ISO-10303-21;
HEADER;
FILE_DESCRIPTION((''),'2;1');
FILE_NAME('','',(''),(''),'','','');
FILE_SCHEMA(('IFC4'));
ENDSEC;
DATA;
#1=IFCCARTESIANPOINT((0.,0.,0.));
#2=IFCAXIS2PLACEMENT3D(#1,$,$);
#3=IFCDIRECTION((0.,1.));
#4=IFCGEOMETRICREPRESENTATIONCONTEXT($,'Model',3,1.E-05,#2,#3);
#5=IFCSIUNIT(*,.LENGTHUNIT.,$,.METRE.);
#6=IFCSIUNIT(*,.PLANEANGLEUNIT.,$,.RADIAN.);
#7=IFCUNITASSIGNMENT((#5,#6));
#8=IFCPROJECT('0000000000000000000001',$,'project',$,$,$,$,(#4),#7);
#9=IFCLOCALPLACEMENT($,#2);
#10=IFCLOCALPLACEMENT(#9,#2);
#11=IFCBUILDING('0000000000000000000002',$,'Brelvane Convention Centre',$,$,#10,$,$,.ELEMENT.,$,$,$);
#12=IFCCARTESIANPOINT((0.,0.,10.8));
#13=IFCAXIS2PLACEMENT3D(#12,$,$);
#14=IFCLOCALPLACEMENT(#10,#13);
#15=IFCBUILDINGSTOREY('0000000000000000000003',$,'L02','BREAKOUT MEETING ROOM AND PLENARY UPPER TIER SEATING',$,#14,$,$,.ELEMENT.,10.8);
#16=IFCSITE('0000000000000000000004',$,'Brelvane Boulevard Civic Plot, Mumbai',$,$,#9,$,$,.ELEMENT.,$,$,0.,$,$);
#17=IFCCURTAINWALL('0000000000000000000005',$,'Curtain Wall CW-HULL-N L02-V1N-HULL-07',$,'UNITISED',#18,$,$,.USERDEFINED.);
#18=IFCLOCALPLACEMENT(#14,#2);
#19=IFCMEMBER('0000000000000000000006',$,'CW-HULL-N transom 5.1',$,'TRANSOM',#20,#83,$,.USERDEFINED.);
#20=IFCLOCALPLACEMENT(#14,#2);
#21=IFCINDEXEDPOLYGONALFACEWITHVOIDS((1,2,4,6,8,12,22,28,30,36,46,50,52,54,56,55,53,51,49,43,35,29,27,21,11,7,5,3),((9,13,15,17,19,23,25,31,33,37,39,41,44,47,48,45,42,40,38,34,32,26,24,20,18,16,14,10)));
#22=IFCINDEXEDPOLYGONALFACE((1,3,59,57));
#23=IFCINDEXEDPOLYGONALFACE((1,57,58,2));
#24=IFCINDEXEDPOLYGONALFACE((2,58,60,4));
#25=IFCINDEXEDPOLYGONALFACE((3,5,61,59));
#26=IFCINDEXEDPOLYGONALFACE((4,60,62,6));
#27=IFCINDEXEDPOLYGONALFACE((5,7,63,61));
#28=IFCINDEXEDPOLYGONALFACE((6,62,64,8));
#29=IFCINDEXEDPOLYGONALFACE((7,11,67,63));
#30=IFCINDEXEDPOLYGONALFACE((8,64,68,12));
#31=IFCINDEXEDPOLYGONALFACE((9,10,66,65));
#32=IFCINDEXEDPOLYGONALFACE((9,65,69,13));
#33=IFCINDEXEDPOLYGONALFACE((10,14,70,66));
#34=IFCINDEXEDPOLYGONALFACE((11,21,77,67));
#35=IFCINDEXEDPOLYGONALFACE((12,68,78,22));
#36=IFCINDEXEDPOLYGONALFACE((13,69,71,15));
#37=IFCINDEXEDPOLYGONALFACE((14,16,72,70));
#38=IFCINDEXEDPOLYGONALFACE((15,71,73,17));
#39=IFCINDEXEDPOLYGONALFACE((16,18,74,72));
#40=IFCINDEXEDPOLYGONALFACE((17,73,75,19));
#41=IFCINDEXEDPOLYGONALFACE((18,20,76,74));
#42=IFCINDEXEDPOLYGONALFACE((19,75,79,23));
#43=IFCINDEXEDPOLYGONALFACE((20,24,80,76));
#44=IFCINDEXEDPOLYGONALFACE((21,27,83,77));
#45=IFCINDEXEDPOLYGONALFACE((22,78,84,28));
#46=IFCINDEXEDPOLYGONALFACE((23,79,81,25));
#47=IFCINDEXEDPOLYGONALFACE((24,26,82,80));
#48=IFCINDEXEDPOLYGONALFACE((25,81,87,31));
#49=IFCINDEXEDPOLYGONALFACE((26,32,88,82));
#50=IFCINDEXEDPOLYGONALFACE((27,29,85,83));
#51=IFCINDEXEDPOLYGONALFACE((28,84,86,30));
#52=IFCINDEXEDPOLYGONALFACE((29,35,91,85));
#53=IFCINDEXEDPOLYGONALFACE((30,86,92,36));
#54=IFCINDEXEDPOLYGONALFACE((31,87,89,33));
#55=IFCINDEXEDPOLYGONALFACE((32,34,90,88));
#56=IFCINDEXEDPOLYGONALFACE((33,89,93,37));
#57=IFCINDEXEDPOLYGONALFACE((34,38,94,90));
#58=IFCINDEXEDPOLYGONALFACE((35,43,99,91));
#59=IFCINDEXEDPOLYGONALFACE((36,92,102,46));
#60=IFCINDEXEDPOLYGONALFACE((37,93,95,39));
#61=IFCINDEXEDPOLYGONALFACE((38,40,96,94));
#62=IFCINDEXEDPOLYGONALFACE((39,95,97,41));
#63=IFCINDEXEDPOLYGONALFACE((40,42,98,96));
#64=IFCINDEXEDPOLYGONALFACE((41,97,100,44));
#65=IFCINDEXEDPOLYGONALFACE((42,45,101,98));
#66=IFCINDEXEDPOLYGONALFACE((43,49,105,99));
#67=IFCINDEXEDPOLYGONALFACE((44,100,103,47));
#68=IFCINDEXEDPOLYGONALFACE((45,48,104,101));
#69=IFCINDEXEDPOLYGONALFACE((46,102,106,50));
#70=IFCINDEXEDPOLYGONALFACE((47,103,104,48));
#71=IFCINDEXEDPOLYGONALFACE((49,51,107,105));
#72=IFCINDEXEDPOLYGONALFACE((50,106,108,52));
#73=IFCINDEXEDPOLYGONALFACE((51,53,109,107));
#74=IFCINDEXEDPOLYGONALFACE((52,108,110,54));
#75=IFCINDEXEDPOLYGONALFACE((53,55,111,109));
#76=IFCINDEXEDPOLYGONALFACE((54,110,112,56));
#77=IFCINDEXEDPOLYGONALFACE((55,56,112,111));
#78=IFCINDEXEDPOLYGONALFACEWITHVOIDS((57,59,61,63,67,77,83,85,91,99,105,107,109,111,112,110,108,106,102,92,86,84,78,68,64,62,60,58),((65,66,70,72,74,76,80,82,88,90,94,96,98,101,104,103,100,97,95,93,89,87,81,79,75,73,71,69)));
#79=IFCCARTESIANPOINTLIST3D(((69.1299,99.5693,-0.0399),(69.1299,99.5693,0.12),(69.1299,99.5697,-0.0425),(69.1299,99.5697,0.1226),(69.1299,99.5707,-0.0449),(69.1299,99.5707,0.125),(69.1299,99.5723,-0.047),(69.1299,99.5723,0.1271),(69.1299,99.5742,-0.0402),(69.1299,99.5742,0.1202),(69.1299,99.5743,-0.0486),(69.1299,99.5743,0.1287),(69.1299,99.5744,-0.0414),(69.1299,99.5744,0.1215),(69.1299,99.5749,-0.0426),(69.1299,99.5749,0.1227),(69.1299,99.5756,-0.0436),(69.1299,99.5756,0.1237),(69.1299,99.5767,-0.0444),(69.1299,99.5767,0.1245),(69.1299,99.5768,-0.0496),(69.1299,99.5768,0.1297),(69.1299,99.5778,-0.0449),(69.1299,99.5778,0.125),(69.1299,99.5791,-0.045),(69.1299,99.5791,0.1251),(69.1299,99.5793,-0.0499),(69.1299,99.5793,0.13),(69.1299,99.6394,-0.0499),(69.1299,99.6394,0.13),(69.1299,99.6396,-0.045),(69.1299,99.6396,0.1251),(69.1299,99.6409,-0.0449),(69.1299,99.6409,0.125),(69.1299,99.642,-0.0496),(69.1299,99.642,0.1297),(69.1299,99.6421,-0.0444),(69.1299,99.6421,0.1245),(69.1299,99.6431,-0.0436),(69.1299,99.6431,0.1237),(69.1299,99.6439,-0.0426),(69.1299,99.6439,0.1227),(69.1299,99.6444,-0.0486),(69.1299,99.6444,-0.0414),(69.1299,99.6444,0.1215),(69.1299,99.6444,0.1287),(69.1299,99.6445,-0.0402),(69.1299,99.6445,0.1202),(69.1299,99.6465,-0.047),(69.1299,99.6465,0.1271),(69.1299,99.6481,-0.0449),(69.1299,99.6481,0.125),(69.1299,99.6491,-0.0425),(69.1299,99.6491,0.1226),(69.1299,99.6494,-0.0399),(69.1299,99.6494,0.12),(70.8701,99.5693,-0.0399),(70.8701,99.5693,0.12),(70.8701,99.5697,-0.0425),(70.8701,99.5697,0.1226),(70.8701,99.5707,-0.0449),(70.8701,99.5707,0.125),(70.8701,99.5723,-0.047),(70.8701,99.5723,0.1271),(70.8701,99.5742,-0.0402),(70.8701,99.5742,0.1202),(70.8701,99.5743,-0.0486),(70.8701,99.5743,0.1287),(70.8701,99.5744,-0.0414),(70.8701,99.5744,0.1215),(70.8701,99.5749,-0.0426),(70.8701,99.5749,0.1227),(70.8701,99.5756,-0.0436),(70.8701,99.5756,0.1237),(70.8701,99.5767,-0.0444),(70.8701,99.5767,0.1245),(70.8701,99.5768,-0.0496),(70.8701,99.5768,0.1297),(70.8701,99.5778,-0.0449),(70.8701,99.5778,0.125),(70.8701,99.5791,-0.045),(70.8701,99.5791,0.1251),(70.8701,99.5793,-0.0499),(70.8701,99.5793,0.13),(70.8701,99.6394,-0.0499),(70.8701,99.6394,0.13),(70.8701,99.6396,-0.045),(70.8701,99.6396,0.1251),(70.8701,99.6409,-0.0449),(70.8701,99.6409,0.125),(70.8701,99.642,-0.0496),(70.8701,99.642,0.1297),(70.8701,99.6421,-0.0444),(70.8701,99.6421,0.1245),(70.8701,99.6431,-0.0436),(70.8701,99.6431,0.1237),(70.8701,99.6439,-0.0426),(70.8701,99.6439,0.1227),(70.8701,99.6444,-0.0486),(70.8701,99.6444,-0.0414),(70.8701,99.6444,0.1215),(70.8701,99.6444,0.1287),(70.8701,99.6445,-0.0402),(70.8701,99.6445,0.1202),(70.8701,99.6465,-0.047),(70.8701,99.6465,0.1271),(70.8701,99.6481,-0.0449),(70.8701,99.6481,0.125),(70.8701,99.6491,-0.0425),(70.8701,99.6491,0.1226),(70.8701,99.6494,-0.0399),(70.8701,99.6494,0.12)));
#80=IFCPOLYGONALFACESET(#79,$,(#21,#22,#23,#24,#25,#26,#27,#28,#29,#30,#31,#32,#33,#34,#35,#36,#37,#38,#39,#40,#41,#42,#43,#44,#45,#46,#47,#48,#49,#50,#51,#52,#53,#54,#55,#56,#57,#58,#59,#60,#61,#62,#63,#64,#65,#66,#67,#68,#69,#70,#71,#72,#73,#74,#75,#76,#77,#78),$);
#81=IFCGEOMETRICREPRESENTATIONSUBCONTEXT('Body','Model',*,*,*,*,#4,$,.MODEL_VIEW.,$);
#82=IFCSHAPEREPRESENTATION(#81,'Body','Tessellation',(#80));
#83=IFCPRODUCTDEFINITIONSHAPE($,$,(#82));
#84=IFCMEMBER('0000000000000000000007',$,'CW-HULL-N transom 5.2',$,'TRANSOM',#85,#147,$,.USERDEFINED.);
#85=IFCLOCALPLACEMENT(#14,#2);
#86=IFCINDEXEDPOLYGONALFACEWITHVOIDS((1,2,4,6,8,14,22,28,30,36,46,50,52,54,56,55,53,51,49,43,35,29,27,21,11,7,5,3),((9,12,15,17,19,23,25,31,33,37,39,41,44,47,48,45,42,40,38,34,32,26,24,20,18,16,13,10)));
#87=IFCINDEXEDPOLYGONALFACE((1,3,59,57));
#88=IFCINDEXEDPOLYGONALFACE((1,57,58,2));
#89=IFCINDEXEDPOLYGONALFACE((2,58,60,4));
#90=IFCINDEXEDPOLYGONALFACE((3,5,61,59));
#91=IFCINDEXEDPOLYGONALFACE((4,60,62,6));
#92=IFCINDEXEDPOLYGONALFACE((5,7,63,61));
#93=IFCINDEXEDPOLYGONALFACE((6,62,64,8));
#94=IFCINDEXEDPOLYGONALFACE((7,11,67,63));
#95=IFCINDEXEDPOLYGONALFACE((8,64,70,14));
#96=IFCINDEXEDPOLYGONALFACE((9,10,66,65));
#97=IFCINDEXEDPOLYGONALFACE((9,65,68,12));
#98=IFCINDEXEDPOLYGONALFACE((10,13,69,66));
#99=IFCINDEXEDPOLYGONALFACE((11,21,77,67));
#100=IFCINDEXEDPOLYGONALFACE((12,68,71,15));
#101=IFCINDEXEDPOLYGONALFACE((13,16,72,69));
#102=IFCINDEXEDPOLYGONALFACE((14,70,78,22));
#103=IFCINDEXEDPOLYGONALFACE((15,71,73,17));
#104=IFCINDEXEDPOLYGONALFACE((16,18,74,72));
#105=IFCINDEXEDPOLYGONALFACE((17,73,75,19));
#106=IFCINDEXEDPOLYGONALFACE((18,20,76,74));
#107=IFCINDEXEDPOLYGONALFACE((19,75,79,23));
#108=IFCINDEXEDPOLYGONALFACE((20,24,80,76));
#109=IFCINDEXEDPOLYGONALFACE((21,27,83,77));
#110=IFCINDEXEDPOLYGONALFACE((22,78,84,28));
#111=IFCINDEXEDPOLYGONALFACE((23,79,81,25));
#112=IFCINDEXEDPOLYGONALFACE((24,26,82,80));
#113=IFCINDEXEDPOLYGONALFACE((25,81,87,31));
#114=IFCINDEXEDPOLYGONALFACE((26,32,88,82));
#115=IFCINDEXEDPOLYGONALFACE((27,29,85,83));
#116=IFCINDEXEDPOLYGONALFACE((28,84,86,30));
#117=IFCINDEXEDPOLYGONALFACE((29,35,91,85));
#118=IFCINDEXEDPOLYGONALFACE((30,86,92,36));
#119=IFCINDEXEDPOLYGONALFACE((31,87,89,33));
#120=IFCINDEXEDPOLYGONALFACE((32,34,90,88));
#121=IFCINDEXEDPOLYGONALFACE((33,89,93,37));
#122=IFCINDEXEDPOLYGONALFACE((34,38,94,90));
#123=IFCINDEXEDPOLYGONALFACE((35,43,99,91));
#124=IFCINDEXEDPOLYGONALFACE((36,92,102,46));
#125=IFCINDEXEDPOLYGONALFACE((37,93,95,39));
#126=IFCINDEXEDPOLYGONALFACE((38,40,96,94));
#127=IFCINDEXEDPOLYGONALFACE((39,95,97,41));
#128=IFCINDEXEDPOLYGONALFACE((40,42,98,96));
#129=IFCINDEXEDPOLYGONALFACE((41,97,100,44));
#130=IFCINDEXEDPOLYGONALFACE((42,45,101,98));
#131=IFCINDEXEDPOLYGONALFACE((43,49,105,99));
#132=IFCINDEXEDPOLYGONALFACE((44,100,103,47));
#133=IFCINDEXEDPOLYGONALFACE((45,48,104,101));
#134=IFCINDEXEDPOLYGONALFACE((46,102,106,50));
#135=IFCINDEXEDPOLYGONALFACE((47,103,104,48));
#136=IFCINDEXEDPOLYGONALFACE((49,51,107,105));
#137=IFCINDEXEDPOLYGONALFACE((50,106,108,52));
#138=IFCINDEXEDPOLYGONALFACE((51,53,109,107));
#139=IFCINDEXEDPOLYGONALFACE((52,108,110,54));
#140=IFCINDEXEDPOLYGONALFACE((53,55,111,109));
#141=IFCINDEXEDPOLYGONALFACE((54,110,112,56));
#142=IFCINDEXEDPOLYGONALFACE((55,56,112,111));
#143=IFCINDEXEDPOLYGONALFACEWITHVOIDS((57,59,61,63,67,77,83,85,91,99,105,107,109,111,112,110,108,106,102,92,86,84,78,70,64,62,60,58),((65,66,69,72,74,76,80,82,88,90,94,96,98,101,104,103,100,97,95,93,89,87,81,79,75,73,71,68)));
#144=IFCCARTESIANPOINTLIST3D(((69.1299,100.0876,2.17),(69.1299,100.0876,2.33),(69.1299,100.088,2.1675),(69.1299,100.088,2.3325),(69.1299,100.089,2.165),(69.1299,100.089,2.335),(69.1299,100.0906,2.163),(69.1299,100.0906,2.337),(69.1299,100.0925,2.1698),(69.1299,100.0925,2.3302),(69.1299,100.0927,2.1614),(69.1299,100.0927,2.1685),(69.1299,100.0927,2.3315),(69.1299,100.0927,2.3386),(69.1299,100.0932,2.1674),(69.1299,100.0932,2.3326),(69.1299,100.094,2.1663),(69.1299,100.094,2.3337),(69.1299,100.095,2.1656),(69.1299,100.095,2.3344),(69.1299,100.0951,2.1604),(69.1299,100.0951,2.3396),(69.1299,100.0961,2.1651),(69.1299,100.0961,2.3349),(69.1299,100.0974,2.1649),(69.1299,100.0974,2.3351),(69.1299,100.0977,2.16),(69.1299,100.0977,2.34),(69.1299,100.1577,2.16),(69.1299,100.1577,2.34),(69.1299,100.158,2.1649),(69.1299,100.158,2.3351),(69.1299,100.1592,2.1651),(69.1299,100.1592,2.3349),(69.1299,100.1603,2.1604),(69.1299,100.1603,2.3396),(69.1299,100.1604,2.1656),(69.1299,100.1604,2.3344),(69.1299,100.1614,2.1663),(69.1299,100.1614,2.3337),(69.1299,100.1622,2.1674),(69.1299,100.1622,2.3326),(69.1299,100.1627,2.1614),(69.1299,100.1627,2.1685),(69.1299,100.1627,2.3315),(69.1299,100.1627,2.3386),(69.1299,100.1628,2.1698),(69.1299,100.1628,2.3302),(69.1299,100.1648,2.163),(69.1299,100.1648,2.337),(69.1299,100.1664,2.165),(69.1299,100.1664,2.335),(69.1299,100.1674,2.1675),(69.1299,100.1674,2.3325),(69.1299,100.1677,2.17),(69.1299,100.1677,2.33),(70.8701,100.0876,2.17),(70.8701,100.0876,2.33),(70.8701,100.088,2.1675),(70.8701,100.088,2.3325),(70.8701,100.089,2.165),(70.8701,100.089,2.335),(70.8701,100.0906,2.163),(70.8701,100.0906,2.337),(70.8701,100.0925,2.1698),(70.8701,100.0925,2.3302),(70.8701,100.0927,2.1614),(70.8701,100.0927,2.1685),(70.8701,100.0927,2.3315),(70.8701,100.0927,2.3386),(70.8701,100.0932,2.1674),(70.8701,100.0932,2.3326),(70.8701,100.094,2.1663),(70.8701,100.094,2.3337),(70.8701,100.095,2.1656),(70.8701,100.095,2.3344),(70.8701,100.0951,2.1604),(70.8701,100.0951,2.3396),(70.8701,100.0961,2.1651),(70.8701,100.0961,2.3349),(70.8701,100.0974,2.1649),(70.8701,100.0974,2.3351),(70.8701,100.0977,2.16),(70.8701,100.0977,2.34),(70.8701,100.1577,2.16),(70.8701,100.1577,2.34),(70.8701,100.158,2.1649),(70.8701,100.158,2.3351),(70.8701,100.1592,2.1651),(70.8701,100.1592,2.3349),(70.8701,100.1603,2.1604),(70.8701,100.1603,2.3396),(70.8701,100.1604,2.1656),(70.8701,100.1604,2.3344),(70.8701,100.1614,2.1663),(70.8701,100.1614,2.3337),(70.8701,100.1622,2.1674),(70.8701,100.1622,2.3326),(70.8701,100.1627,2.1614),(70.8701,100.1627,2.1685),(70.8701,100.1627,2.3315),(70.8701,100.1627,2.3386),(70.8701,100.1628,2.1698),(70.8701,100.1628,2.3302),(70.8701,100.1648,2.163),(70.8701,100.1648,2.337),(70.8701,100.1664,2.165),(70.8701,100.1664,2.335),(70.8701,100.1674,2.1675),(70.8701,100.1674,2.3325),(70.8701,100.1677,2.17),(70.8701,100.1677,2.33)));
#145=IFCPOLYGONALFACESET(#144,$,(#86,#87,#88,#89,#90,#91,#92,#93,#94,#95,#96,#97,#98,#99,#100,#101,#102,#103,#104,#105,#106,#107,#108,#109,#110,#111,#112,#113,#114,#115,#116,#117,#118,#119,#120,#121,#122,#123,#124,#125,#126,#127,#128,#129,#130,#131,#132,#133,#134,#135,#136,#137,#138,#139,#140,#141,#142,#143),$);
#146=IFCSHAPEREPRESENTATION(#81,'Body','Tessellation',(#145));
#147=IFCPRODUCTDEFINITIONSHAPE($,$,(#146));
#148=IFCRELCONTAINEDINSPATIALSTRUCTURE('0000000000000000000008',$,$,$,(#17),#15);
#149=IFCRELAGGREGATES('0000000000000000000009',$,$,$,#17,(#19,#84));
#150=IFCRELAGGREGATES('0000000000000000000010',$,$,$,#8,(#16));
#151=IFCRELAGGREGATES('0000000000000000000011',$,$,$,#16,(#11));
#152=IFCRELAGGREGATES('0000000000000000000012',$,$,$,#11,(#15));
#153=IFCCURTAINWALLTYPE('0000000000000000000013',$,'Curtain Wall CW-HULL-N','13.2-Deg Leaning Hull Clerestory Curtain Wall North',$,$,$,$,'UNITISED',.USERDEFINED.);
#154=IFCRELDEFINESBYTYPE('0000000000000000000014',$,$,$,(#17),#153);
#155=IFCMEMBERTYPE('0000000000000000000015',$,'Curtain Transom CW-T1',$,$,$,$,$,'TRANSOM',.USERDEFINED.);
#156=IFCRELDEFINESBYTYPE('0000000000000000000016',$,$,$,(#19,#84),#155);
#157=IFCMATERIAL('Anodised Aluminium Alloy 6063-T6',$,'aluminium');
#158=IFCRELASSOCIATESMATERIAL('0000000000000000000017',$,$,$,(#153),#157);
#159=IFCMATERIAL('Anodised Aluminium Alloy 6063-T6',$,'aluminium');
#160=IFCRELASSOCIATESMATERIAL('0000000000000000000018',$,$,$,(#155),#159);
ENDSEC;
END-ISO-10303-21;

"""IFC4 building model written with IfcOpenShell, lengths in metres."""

from ifc_helpers import new_model, si_unit, direction, frame, origin, origin_2d, place, context, subcontext, project, spatial, hollow_rectangle, extrude, material, material_profile, profile_set, type_object, element, aggregate, save


model = new_model("IFC4")

# Units and contexts
model_context = context("Model", 3, precision=1e-05, world=origin(), true_north=direction((0.0, 1.0)))
body_context = subcontext(model_context, "Body", "Model", "MODEL_VIEW")
ifc_project = project(units=[si_unit("LENGTHUNIT", "METRE"), si_unit("PLANEANGLEUNIT", "RADIAN")], contexts=[model_context])

# Site, building, storey
site_placement = place(None, origin())
site = spatial("IfcSite", under=ifc_project, at=site_placement, Name="Brelvane Boulevard Civic Plot, Mumbai", CompositionType="ELEMENT", RefElevation=0.0)
building_placement = place(site_placement, origin())
building = spatial("IfcBuilding", under=site, at=building_placement, Name="Brelvane Convention Centre", CompositionType="ELEMENT")
storey_placement = place(building_placement, frame((0.0, 0.0, 10.8)))
storey = spatial("IfcBuildingStorey", under=building, at=storey_placement, Name="L02", Description="BREAKOUT MEETING ROOM AND PLENARY UPPER TIER SEATING", CompositionType="ELEMENT", Elevation=10.8)

# Curtain wall, members
ifc_material_1 = material(Name="Anodised Aluminium Alloy 6063-T6", Category="aluminium")
curtain_wall_type_1 = type_object("IfcCurtainWallType", Name="Curtain Wall CW-HULL-N", Description="13.2-Deg Leaning Hull Clerestory Curtain Wall North", ElementType="UNITISED", PredefinedType="USERDEFINED", material=ifc_material_1)
curtain_wall_1_placement = place(storey_placement, origin())
curtain_wall_1 = element("IfcCurtainWall", 1, at=curtain_wall_1_placement, inside=storey, type_object=curtain_wall_type_1, Name="Curtain Wall CW-HULL-N L02-V1N-HULL-07", ObjectType="UNITISED", PredefinedType="USERDEFINED")
ifc_material_2 = material(Name="Anodised Aluminium Alloy 6063-T6", Category="aluminium")
ifc_material_profile_1 = material_profile(ifc_material_2, hollow_rectangle(XDim=0.0801, YDim=0.1799, WallThickness=0.0049, InnerFilletRadius=0.0049, OuterFilletRadius=0.01, at=origin_2d()), Name="ALU-T 180x80x5.0")
ifc_profile_set_1 = profile_set([ifc_material_profile_1], Name="Anodised Aluminium Alloy 6063-T6")
member_type_1 = type_object("IfcMemberType", Name="Curtain Transom CW-T1", ElementType="TRANSOM", PredefinedType="USERDEFINED", material=ifc_profile_set_1)
member_1_placement = place(storey_placement, frame((69.1299, 99.6094, 0.04), z_axis=(1.0, 0.0, 0.0), x_axis=(0.0, 1.0, 0.0)))
member_1 = element("IfcMember", 2, at=member_1_placement, type_object=member_type_1, Name="CW-HULL-N transom 5.1", ObjectType="TRANSOM", PredefinedType="USERDEFINED", context=body_context, shape_type="SweptSolid", body=[
    extrude(hollow_rectangle(XDim=0.0801, YDim=0.1799, WallThickness=0.0049, InnerFilletRadius=0.0049, OuterFilletRadius=0.01, at=origin_2d()), origin(), (0.0, 0.0, 1.0), 1.7402),
])
member_2_placement = place(storey_placement, frame((69.1299, 100.1277, 2.25), z_axis=(1.0, 0.0, 0.0), x_axis=(0.0, 1.0, 0.0)))
member_2 = element("IfcMember", 3, at=member_2_placement, type_object=member_type_1, Name="CW-HULL-N transom 5.2", ObjectType="TRANSOM", PredefinedType="USERDEFINED", context=body_context, shape_type="SweptSolid", body=[
    extrude(hollow_rectangle(XDim=0.0801, YDim=0.1799, WallThickness=0.0049, InnerFilletRadius=0.0049, OuterFilletRadius=0.01, at=origin_2d()), origin(), (0.0, 0.0, 1.0), 1.7402),
])

aggregate(curtain_wall_1, [member_1, member_2])

save(model, "model.ifc")
